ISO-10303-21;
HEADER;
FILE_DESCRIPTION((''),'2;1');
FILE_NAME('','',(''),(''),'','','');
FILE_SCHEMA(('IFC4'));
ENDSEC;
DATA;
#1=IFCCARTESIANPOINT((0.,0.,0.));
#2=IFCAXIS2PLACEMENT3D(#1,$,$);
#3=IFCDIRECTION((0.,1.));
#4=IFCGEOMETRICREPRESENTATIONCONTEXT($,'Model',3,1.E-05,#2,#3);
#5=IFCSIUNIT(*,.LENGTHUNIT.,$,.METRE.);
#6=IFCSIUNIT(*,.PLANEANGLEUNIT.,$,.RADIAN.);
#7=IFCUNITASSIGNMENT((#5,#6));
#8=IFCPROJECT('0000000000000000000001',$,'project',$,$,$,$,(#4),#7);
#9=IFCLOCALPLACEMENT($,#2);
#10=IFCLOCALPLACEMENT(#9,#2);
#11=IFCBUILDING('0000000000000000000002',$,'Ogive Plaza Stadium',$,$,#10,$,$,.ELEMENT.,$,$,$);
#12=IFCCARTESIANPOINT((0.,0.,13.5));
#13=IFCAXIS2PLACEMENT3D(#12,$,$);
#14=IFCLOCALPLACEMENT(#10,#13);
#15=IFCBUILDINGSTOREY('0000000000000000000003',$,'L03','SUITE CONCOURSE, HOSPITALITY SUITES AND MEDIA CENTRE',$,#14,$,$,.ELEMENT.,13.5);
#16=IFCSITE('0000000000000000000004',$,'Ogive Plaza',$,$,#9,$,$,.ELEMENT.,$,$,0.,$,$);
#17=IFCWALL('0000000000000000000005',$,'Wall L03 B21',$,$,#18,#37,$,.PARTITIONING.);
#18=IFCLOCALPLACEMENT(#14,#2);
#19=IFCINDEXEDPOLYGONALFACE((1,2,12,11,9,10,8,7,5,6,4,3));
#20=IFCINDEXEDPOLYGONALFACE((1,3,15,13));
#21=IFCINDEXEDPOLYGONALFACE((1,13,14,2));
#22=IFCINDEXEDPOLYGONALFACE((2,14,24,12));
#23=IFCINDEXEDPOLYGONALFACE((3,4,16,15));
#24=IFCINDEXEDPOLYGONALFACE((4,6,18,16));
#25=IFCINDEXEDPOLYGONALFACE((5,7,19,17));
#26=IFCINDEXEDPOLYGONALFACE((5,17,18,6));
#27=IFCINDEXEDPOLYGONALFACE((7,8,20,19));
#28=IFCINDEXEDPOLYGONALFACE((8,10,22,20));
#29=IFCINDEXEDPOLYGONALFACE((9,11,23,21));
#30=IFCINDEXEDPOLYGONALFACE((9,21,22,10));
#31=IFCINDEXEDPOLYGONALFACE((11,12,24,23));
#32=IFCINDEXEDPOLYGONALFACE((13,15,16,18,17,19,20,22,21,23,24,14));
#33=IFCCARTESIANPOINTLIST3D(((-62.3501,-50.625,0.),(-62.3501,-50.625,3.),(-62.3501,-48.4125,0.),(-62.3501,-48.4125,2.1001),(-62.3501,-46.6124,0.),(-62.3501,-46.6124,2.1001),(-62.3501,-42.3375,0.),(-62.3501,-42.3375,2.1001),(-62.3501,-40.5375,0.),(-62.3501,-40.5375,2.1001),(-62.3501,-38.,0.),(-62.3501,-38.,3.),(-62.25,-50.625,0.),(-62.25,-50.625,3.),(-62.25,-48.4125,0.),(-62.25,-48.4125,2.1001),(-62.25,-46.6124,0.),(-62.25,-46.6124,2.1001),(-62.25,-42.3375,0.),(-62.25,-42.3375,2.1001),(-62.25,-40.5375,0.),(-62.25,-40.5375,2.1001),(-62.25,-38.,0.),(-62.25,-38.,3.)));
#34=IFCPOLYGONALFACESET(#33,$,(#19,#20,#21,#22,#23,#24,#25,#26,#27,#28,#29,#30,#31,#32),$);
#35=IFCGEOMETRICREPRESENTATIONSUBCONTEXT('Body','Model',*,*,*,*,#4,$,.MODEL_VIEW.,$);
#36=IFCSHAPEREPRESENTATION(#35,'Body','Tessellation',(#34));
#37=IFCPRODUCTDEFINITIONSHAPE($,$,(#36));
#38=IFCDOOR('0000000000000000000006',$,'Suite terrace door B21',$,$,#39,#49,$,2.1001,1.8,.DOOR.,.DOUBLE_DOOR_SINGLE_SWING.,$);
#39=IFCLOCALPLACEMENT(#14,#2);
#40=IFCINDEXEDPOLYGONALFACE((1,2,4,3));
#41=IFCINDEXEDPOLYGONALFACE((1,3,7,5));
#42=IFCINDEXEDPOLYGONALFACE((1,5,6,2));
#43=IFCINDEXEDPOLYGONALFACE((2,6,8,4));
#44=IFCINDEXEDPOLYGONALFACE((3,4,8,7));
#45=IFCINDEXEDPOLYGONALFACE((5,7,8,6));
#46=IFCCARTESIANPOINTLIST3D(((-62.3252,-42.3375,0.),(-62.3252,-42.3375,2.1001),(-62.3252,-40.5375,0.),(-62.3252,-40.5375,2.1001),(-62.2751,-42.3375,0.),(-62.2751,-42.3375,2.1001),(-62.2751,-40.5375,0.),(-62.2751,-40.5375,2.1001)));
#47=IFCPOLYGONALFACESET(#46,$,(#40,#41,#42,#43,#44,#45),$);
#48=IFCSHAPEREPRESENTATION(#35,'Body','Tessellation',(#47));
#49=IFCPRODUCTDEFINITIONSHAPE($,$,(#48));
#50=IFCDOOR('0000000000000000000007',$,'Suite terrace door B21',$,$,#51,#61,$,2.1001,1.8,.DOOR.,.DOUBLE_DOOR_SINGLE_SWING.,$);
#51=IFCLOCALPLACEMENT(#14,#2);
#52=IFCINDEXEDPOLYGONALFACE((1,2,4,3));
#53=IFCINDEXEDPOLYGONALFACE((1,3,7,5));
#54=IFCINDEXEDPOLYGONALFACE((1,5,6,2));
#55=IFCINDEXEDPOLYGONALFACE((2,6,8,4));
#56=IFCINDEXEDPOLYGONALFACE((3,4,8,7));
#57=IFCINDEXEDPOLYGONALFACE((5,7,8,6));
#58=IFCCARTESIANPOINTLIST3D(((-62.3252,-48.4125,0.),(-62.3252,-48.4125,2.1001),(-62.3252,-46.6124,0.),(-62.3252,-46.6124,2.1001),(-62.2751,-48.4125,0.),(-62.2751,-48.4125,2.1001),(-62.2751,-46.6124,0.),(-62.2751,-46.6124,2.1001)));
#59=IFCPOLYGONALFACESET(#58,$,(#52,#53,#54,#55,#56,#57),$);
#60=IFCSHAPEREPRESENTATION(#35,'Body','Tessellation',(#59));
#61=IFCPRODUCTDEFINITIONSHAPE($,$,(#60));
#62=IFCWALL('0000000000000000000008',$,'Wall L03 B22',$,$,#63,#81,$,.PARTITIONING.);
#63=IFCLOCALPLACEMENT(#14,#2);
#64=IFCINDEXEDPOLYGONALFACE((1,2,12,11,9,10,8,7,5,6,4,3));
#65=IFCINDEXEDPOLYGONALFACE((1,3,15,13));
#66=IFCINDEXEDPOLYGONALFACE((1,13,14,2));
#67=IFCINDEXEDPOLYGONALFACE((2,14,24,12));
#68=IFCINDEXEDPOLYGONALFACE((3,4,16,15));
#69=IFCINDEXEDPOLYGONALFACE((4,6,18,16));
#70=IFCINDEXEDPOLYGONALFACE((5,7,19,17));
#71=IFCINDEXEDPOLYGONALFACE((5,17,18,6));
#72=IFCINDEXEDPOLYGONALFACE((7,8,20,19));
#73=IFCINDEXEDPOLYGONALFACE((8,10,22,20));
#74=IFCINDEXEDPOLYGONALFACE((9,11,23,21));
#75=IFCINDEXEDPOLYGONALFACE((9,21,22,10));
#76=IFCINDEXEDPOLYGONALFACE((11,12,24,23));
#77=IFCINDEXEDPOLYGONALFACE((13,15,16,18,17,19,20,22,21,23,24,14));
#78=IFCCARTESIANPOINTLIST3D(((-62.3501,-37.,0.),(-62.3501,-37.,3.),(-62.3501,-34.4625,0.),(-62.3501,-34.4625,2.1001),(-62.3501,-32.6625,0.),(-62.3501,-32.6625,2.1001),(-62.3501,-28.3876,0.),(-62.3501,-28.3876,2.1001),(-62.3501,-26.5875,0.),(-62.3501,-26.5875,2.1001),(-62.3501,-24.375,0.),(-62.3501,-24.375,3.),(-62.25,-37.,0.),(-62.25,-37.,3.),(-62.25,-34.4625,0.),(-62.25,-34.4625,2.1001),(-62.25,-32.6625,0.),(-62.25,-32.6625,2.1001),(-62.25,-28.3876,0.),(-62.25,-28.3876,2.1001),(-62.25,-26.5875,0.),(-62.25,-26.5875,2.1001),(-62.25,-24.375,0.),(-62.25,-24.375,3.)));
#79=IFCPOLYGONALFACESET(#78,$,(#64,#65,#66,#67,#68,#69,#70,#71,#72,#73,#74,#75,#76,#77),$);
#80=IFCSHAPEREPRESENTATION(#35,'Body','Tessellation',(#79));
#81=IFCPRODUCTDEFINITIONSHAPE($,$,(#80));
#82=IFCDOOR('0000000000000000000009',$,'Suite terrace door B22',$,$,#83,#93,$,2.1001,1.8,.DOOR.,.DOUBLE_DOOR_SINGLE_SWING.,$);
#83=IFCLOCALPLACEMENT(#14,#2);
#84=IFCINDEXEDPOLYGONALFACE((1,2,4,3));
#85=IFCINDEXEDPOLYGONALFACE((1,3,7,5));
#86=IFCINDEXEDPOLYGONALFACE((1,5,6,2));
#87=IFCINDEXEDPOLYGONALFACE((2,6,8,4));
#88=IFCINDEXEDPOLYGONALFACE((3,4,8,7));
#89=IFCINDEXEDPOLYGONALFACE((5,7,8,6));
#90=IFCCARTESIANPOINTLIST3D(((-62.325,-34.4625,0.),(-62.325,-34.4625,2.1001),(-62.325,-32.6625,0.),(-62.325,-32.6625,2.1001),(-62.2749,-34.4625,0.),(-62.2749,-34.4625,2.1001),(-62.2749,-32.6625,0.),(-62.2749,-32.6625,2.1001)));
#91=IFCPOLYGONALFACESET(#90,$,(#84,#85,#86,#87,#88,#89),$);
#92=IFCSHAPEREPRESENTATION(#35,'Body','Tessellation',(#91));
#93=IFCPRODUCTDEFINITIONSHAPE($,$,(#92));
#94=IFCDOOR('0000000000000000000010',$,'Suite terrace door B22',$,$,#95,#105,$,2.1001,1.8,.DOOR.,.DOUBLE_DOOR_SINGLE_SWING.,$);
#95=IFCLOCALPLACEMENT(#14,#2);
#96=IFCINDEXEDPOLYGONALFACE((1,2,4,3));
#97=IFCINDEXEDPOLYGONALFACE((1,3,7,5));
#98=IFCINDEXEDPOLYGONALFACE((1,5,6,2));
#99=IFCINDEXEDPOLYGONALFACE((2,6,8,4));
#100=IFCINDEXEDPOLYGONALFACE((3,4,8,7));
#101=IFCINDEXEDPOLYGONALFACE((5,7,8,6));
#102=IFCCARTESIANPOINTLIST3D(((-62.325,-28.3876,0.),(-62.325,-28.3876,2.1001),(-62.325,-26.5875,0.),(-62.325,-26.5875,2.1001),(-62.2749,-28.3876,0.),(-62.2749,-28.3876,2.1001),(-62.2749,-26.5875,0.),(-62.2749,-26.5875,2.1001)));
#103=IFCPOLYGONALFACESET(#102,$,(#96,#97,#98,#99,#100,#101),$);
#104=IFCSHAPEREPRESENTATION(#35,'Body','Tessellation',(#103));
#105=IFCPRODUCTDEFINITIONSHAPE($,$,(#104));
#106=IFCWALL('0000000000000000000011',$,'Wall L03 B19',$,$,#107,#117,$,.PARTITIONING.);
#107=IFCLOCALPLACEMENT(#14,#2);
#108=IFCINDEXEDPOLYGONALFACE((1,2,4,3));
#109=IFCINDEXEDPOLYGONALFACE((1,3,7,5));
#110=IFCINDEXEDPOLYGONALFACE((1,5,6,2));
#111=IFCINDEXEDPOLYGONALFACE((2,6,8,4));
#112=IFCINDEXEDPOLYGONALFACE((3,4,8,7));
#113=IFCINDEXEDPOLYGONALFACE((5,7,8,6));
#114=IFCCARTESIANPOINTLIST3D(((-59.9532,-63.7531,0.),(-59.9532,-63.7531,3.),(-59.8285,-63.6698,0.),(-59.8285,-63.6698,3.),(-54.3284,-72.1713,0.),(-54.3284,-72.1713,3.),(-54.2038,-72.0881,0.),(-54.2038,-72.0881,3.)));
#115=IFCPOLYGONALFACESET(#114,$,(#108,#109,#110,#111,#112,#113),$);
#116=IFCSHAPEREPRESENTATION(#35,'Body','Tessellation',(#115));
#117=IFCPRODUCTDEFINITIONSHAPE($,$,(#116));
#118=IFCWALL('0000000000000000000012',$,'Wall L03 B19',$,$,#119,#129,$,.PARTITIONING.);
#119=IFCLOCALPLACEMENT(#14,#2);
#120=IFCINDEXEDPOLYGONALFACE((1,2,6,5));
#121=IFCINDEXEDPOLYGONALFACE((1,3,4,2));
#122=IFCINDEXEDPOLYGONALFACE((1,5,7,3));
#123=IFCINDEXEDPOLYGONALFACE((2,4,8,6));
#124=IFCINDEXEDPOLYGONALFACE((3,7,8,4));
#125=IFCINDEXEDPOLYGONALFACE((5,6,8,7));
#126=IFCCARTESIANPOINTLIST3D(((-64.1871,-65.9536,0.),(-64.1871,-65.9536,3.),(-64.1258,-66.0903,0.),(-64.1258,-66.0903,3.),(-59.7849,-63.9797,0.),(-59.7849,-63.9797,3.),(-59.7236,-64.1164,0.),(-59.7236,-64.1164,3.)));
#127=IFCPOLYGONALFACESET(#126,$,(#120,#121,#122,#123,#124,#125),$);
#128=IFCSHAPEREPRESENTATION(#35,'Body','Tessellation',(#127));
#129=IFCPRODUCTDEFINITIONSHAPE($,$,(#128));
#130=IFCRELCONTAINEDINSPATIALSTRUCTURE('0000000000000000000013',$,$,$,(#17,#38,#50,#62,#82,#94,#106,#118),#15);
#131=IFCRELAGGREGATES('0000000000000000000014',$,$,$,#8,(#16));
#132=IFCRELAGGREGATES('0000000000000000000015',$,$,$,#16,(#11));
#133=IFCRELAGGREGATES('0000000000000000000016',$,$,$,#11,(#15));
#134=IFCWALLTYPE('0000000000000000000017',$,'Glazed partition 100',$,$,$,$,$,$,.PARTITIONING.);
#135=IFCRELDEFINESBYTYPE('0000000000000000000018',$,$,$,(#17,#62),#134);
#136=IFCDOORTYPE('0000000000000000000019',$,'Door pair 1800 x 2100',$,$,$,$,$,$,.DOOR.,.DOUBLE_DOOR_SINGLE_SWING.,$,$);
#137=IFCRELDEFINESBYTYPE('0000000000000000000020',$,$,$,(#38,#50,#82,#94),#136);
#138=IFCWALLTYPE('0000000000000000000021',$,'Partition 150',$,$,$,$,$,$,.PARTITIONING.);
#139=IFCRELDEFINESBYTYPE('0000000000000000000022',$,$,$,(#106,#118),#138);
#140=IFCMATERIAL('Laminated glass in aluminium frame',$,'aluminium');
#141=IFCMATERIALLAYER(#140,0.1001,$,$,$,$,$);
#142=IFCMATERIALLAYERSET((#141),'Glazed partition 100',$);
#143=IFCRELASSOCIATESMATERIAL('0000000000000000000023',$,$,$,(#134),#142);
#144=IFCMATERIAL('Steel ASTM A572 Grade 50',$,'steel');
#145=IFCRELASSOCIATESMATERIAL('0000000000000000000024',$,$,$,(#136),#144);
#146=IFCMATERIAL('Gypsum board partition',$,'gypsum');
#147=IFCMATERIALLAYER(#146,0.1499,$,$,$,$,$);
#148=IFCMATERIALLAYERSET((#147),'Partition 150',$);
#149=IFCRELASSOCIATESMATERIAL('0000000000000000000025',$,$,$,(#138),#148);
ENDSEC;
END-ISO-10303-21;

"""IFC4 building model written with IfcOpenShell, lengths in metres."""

from ifc_helpers import new_model, si_unit, direction, frame, frame_2d, origin, place, context, subcontext, project, spatial, rectangle, extrude, material, layer, layer_set, type_object, element, fill, save


model = new_model("IFC4")

# Units and contexts
model_context = context("Model", 3, precision=1e-05, world=origin(), true_north=direction((0.0, 1.0)))
body_context = subcontext(model_context, "Body", "Model", "MODEL_VIEW")
ifc_project = project(units=[si_unit("LENGTHUNIT", "METRE"), si_unit("PLANEANGLEUNIT", "RADIAN")], contexts=[model_context])

# Site, building, storey
site_placement = place(None, origin())
site = spatial("IfcSite", under=ifc_project, at=site_placement, Name="Ogive Plaza", CompositionType="ELEMENT", RefElevation=0.0)
building_placement = place(site_placement, origin())
building = spatial("IfcBuilding", under=site, at=building_placement, Name="Ogive Plaza Stadium", CompositionType="ELEMENT")
storey_placement = place(building_placement, frame((0.0, 0.0, 13.5)))
storey = spatial("IfcBuildingStorey", under=building, at=storey_placement, Name="L03", Description="SUITE CONCOURSE, HOSPITALITY SUITES AND MEDIA CENTRE", CompositionType="ELEMENT", Elevation=13.5)

# Walls, openings, doors
ifc_material_1 = material(Name="Laminated glass in aluminium frame", Category="aluminium")
ifc_layer_1 = layer(ifc_material_1, 0.1001)
ifc_layer_set_1 = layer_set([ifc_layer_1], Name="Glazed partition 100")
wall_type_1 = type_object("IfcWallType", Name="Glazed partition 100", PredefinedType="PARTITIONING", material=ifc_layer_set_1)
wall_1_placement = place(storey_placement, frame((-62.3, -38.0, 0.0), z_axis=(0.0, 0.0, 1.0), x_axis=(0.0, -1.0, 0.0)))
wall_1 = element("IfcWall", 1, at=wall_1_placement, inside=storey, type_object=wall_type_1, Name="Wall L03 B21", PredefinedType="PARTITIONING", context=body_context, shape_type="SweptSolid", body=[
    extrude(rectangle(XDim=12.625, YDim=0.1001, at=frame_2d((6.3125, 0.0))), origin(), (0.0, 0.0, 1.0), 3.0),
])
opening_1_placement = place(wall_1_placement, frame((2.5376, 0.0, 0.0)))
opening_1 = element("IfcOpeningElement", 2, at=opening_1_placement, cuts=wall_1, PredefinedType="OPENING", context=body_context, shape_type="SweptSolid", body=[
    extrude(rectangle(XDim=1.8, YDim=2.1001, at=frame_2d((0.8999, 1.05))), frame((0.0, 0.05, 0.0), z_axis=(0.0, -1.0, 0.0), x_axis=(1.0, 0.0, 0.0)), (0.0, 0.0, 1.0), 0.1001),
])
opening_2_placement = place(wall_1_placement, frame((8.6125, 0.0, 0.0)))
opening_2 = element("IfcOpeningElement", 3, at=opening_2_placement, cuts=wall_1, PredefinedType="OPENING", context=body_context, shape_type="SweptSolid", body=[
    extrude(rectangle(XDim=1.8, YDim=2.1001, at=frame_2d((0.8999, 1.05))), frame((0.0, 0.05, 0.0), z_axis=(0.0, -1.0, 0.0), x_axis=(1.0, 0.0, 0.0)), (0.0, 0.0, 1.0), 0.1001),
])
ifc_material_2 = material(Name="Steel ASTM A572 Grade 50", Category="steel")
door_type = type_object("IfcDoorType", Name="Door pair 1800 x 2100", OperationType="DOUBLE_DOOR_SINGLE_SWING", PredefinedType="DOOR", material=ifc_material_2)
door_1_placement = place(opening_1_placement, origin())
door_1 = element("IfcDoor", 4, at=door_1_placement, inside=storey, type_object=door_type, Name="Suite terrace door B21", OperationType="DOUBLE_DOOR_SINGLE_SWING", OverallHeight=2.1001, OverallWidth=1.8, PredefinedType="DOOR", context=body_context, shape_type="SweptSolid", body=[
    extrude(rectangle(XDim=1.8, YDim=2.1001, at=frame_2d((0.8999, 1.05))), frame((0.0, 0.0249, 0.0), z_axis=(0.0, -1.0, 0.0), x_axis=(1.0, 0.0, 0.0)), (0.0, 0.0, 1.0), 0.05),
])
fill(opening_1, door_1)
door_2_placement = place(opening_2_placement, origin())
door_2 = element("IfcDoor", 5, at=door_2_placement, inside=storey, type_object=door_type, Name="Suite terrace door B21", OperationType="DOUBLE_DOOR_SINGLE_SWING", OverallHeight=2.1001, OverallWidth=1.8, PredefinedType="DOOR", context=body_context, shape_type="SweptSolid", body=[
    extrude(rectangle(XDim=1.8, YDim=2.1001, at=frame_2d((0.8999, 1.05))), frame((0.0, 0.0249, 0.0), z_axis=(0.0, -1.0, 0.0), x_axis=(1.0, 0.0, 0.0)), (0.0, 0.0, 1.0), 0.05),
])
fill(opening_2, door_2)
wall_2_placement = place(storey_placement, frame((-62.3, -37.0, 0.0), z_axis=(0.0, 0.0, 1.0), x_axis=(0.0, 1.0, 0.0)))
wall_2 = element("IfcWall", 6, at=wall_2_placement, inside=storey, type_object=wall_type_1, Name="Wall L03 B22", PredefinedType="PARTITIONING", context=body_context, shape_type="SweptSolid", body=[
    extrude(rectangle(XDim=12.625, YDim=0.1001, at=frame_2d((6.3125, 0.0))), origin(), (0.0, 0.0, 1.0), 3.0),
])
opening_3_placement = place(wall_2_placement, frame((2.5376, 0.0, 0.0)))
opening_3 = element("IfcOpeningElement", 7, at=opening_3_placement, cuts=wall_2, PredefinedType="OPENING", context=body_context, shape_type="SweptSolid", body=[
    extrude(rectangle(XDim=1.8, YDim=2.1001, at=frame_2d((0.8999, 1.05))), frame((0.0, 0.05, 0.0), z_axis=(0.0, -1.0, 0.0), x_axis=(1.0, 0.0, 0.0)), (0.0, 0.0, 1.0), 0.1001),
])
opening_4_placement = place(wall_2_placement, frame((8.6125, 0.0, 0.0)))
opening_4 = element("IfcOpeningElement", 8, at=opening_4_placement, cuts=wall_2, PredefinedType="OPENING", context=body_context, shape_type="SweptSolid", body=[
    extrude(rectangle(XDim=1.8, YDim=2.1001, at=frame_2d((0.8999, 1.05))), frame((0.0, 0.05, 0.0), z_axis=(0.0, -1.0, 0.0), x_axis=(1.0, 0.0, 0.0)), (0.0, 0.0, 1.0), 0.1001),
])
door_3_placement = place(opening_3_placement, origin())
door_3 = element("IfcDoor", 9, at=door_3_placement, inside=storey, type_object=door_type, Name="Suite terrace door B22", OperationType="DOUBLE_DOOR_SINGLE_SWING", OverallHeight=2.1001, OverallWidth=1.8, PredefinedType="DOOR", context=body_context, shape_type="SweptSolid", body=[
    extrude(rectangle(XDim=1.8, YDim=2.1001, at=frame_2d((0.8999, 1.05))), frame((0.0, 0.0249, 0.0), z_axis=(0.0, -1.0, 0.0), x_axis=(1.0, 0.0, 0.0)), (0.0, 0.0, 1.0), 0.05),
])
fill(opening_3, door_3)
door_4_placement = place(opening_4_placement, origin())
door_4 = element("IfcDoor", 10, at=door_4_placement, inside=storey, type_object=door_type, Name="Suite terrace door B22", OperationType="DOUBLE_DOOR_SINGLE_SWING", OverallHeight=2.1001, OverallWidth=1.8, PredefinedType="DOOR", context=body_context, shape_type="SweptSolid", body=[
    extrude(rectangle(XDim=1.8, YDim=2.1001, at=frame_2d((0.8999, 1.05))), frame((0.0, 0.0249, 0.0), z_axis=(0.0, -1.0, 0.0), x_axis=(1.0, 0.0, 0.0)), (0.0, 0.0, 1.0), 0.05),
])
fill(opening_4, door_4)

# Walls
ifc_material_3 = material(Name="Gypsum board partition", Category="gypsum")
ifc_layer_2 = layer(ifc_material_3, 0.1499)
ifc_layer_set_2 = layer_set([ifc_layer_2], Name="Partition 150")
wall_type_2 = type_object("IfcWallType", Name="Partition 150", PredefinedType="PARTITIONING", material=ifc_layer_set_2)
wall_3_placement = place(storey_placement, frame((-59.8909, -63.7114, 0.0), z_axis=(0.0, 0.0, 1.0), x_axis=(0.555562, -0.831475, 0.0)))
element("IfcWall", 11, at=wall_3_placement, inside=storey, type_object=wall_type_2, Name="Wall L03 B19", PredefinedType="PARTITIONING", context=body_context, shape_type="SweptSolid", body=[
    extrude(rectangle(XDim=10.1245, YDim=0.1499, at=frame_2d((5.0623, 0.0))), origin(), (0.0, 0.0, 1.0), 3.0),
])
wall_4_placement = place(storey_placement, frame((-59.7544, -64.0481, 0.0), z_axis=(0.0, 0.0, 1.0), x_axis=(-0.912469, -0.409146, 0.0)))
element("IfcWall", 12, at=wall_4_placement, inside=storey, type_object=wall_type_2, Name="Wall L03 B19", PredefinedType="PARTITIONING", context=body_context, shape_type="SweptSolid", body=[
    extrude(rectangle(XDim=4.8245, YDim=0.1499, at=frame_2d((2.4121, 0.0))), origin(), (0.0, 0.0, 1.0), 3.0),
])

save(model, "model.ifc")
